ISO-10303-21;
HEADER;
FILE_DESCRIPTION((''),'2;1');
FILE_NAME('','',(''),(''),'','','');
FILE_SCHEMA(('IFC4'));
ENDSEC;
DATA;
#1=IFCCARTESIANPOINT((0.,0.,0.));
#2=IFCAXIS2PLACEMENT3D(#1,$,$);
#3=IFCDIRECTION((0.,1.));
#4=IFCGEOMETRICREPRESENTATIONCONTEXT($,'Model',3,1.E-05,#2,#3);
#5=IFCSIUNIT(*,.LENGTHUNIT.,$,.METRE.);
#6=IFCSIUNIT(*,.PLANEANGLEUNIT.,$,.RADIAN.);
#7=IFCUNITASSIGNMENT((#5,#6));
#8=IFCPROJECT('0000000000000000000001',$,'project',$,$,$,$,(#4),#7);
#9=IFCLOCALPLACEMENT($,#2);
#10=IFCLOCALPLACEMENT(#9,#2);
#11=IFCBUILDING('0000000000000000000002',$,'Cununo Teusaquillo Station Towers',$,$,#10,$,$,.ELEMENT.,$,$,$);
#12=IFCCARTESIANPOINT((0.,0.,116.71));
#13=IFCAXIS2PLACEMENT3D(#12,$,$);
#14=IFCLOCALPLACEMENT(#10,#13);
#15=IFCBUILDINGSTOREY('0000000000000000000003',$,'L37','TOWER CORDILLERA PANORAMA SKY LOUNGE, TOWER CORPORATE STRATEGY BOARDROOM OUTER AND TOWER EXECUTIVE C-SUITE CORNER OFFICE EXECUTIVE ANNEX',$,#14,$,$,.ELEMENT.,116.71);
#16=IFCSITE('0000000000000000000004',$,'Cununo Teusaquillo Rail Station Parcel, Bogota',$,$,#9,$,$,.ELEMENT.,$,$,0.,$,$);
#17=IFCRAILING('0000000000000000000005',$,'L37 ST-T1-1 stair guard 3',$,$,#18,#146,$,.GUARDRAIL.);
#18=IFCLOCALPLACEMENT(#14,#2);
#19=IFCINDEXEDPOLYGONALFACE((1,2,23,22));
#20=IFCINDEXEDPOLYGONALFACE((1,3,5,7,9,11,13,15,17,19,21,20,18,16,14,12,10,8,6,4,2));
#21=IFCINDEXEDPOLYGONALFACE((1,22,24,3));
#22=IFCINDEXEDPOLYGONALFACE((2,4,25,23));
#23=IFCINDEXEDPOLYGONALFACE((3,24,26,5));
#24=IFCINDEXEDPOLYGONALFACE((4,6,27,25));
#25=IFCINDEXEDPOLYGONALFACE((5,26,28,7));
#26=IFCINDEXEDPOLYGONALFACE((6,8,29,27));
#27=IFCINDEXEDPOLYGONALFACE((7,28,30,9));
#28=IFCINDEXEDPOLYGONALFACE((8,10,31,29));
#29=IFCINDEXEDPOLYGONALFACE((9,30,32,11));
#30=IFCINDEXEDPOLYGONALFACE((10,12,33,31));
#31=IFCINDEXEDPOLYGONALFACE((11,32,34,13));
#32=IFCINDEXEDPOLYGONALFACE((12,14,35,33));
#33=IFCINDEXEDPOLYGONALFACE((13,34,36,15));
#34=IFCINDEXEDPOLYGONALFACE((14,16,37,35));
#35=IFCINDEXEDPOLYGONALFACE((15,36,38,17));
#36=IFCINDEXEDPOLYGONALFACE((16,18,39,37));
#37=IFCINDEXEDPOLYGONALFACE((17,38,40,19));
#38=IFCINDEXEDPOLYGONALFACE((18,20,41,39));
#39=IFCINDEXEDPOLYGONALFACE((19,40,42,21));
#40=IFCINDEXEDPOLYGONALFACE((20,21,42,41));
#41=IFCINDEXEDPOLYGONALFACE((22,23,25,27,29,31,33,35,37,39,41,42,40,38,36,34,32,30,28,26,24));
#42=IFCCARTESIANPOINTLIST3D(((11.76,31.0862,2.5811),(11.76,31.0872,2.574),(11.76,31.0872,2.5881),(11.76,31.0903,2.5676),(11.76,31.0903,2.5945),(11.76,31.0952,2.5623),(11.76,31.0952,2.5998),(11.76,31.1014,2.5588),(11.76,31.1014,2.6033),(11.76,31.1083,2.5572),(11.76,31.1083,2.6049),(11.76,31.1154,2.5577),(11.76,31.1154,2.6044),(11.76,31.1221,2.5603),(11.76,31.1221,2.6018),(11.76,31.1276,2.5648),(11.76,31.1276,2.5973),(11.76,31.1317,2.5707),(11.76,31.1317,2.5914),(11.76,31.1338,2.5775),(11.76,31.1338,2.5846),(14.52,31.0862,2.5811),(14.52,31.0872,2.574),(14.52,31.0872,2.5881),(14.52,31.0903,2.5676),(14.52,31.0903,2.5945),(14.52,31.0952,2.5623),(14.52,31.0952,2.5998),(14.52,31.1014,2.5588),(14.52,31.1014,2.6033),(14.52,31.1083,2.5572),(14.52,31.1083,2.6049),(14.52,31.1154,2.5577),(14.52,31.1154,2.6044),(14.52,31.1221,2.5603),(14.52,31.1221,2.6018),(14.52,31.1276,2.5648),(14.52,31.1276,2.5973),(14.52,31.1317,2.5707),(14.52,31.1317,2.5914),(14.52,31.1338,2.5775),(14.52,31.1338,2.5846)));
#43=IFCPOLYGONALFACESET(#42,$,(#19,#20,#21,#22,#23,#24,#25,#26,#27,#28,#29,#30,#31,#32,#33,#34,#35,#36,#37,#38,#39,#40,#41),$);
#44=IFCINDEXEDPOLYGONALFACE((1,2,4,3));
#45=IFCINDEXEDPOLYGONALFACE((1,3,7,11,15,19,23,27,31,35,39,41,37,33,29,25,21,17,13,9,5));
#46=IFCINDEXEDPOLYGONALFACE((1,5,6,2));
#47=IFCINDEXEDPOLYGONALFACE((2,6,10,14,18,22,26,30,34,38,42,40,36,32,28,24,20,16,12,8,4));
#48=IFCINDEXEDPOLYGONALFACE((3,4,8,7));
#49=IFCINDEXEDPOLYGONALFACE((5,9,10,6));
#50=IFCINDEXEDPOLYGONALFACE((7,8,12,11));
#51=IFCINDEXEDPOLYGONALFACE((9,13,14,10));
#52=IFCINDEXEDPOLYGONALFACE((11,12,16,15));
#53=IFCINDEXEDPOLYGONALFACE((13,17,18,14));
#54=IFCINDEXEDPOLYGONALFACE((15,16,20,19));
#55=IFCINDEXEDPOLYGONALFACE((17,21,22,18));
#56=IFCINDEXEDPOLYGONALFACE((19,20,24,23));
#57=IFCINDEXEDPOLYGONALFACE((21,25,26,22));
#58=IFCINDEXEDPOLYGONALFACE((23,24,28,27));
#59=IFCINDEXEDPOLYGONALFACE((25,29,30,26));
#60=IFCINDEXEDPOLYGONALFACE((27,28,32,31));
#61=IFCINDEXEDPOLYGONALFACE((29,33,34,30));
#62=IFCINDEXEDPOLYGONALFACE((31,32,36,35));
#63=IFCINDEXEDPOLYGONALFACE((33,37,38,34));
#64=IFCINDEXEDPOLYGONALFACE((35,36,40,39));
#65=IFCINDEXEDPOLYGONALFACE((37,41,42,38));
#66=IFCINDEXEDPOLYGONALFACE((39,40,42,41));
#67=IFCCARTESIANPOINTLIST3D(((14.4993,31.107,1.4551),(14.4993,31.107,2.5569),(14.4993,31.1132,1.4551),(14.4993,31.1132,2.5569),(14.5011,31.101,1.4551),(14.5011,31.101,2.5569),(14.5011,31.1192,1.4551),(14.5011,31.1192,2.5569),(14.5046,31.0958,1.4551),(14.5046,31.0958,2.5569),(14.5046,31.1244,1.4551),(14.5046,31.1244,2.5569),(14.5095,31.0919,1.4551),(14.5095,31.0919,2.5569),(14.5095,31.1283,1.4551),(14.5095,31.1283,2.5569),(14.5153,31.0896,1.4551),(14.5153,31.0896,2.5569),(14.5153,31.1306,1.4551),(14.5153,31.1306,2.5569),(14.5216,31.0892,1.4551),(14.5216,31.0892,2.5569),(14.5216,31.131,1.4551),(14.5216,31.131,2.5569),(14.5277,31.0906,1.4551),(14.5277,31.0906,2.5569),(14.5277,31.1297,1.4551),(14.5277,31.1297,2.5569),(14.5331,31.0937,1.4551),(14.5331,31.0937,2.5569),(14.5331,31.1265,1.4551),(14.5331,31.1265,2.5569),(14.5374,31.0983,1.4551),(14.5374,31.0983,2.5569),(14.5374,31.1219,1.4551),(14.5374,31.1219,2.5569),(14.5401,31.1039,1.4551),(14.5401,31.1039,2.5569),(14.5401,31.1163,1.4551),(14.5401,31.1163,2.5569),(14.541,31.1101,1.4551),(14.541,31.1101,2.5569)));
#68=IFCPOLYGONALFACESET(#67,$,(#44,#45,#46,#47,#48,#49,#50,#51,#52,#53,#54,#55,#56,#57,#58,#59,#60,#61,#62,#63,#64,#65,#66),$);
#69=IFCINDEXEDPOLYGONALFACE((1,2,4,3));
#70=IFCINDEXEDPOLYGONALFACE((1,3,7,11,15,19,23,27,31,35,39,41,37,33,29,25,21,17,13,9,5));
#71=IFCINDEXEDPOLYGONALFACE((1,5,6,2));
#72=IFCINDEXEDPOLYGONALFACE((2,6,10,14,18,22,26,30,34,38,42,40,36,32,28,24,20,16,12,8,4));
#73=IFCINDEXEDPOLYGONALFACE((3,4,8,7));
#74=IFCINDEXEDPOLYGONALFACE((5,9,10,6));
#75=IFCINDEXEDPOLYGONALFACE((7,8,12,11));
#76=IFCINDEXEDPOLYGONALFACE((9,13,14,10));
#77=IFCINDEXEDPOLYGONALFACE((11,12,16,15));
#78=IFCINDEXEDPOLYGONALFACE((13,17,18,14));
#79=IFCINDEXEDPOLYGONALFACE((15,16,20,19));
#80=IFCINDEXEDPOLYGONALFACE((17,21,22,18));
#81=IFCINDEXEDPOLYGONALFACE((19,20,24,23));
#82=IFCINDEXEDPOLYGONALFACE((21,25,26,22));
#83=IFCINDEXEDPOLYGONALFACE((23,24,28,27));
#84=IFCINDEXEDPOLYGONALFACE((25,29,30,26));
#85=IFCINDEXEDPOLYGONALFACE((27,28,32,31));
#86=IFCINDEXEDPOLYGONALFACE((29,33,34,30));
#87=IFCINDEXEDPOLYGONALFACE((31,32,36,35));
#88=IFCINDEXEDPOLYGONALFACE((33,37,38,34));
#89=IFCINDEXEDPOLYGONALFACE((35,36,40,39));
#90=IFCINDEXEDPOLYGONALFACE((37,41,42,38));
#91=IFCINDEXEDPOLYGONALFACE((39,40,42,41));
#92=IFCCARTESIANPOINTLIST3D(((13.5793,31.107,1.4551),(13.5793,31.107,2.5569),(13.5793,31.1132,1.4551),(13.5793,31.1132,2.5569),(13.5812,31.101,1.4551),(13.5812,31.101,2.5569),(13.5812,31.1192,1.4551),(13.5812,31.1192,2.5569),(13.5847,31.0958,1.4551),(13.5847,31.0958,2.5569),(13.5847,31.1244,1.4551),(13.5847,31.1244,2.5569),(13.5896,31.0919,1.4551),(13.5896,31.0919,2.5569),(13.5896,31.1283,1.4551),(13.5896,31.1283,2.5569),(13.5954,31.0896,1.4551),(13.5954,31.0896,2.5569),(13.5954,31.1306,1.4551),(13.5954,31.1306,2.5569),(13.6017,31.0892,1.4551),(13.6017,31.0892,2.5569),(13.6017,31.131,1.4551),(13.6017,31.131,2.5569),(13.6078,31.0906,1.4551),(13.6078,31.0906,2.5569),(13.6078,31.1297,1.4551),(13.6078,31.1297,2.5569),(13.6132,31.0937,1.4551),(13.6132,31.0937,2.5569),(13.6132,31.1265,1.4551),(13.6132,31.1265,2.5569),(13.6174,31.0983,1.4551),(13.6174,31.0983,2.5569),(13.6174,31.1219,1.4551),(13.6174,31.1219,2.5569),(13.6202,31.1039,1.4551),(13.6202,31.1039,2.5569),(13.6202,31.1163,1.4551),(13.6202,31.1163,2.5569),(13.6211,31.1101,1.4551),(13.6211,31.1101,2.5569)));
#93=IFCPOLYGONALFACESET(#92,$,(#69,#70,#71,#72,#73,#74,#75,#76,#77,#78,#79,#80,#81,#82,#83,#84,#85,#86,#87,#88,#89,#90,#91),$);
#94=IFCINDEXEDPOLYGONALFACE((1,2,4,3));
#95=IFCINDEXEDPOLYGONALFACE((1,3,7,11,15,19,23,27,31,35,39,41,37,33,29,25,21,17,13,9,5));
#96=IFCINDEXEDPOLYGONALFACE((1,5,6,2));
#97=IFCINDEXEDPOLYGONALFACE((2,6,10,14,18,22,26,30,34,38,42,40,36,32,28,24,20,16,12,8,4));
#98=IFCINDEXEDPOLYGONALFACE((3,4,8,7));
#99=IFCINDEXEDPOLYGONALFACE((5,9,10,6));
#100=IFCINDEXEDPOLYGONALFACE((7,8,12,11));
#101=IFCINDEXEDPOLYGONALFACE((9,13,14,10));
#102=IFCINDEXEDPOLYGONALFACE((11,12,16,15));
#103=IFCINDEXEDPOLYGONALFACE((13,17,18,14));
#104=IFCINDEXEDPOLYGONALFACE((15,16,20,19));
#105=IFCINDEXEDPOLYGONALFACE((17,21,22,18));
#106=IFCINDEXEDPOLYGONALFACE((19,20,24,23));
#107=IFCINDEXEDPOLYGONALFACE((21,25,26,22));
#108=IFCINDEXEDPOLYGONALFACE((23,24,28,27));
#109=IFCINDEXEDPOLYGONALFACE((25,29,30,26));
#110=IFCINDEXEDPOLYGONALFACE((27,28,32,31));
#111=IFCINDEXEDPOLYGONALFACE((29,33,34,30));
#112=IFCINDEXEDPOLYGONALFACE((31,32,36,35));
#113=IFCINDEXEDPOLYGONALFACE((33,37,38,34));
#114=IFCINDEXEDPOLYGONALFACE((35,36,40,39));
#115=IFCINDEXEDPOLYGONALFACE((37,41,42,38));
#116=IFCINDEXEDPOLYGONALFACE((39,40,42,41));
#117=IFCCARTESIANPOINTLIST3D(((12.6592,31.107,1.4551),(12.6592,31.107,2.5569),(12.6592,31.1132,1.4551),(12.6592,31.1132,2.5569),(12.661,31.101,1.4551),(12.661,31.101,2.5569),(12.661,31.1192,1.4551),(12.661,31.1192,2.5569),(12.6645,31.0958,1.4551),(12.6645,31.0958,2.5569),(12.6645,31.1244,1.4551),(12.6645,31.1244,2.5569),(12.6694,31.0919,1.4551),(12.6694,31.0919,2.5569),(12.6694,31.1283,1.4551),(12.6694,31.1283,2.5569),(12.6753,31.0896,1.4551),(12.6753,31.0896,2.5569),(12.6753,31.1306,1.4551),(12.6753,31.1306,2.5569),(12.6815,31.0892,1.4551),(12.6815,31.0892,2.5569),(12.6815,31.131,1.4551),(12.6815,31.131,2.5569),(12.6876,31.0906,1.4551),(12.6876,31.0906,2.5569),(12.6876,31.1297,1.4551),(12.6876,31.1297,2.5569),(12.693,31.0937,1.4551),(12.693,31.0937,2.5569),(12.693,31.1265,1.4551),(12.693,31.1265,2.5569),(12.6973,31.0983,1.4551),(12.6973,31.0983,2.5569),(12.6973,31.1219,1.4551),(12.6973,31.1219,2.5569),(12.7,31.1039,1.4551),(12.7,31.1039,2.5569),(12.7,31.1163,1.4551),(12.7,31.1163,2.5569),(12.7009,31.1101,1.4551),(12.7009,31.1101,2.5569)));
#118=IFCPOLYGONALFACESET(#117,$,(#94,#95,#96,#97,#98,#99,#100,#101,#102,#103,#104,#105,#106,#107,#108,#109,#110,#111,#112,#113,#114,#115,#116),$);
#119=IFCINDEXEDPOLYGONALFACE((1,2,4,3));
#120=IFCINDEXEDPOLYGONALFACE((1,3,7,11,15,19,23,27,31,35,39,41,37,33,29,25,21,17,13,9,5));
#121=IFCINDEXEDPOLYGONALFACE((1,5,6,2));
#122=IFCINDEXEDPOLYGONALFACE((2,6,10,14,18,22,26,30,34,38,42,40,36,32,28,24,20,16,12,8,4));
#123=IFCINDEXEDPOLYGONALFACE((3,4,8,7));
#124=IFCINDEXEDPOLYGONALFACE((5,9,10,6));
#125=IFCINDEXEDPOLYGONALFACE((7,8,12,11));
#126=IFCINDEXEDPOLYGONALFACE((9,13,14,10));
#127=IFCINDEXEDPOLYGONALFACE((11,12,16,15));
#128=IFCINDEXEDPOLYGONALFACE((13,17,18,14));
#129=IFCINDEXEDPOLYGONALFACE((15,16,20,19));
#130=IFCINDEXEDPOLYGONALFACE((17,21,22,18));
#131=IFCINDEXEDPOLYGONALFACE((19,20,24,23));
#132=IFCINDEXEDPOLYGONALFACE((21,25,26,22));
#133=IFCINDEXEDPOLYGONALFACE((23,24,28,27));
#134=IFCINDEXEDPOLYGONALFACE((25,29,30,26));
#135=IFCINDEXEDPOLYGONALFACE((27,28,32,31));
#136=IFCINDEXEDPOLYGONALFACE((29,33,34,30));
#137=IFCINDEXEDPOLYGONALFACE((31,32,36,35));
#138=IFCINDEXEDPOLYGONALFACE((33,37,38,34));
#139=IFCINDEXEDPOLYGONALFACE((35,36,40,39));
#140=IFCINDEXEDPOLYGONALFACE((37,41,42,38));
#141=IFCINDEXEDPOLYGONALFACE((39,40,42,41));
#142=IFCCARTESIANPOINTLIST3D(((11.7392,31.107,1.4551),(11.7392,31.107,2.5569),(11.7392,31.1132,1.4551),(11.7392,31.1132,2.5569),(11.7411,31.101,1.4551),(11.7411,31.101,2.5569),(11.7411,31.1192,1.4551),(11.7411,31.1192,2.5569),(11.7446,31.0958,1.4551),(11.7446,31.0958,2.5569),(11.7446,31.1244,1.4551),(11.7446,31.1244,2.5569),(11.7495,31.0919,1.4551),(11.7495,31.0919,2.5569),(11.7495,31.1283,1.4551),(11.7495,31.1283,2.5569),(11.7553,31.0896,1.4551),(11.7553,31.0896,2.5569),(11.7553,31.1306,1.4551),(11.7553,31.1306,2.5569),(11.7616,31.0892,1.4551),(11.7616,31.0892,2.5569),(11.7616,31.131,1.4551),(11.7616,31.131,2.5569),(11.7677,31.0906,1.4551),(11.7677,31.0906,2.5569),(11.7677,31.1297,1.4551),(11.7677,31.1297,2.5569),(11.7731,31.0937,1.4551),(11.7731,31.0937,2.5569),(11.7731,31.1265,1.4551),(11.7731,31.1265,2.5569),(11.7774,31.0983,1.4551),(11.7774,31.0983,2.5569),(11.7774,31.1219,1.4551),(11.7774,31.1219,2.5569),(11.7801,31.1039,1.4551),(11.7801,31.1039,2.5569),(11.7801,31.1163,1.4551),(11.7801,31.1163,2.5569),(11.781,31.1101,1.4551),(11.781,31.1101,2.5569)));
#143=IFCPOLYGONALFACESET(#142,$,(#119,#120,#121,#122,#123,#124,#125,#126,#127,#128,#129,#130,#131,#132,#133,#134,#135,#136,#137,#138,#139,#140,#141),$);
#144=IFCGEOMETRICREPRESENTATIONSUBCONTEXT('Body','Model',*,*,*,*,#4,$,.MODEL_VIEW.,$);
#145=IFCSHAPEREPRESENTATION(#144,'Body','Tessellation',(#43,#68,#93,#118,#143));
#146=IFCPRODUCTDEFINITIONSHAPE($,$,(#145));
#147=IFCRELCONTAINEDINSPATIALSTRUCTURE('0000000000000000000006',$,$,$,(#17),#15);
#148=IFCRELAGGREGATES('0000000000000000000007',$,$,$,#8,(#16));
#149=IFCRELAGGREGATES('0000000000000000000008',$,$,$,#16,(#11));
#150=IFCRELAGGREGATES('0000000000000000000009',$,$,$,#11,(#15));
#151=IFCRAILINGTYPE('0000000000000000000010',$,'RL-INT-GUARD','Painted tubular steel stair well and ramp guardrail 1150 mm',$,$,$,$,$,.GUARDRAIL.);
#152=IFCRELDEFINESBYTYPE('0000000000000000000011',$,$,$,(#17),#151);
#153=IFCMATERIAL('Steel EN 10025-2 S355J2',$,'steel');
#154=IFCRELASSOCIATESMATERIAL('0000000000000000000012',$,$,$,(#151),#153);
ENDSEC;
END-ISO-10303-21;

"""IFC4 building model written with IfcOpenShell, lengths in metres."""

from ifc_helpers import new_model, si_unit, direction, frame, origin, origin_2d, place, context, subcontext, project, spatial, circle, extrude, material, type_object, element, save


model = new_model("IFC4")

# Units and contexts
model_context = context("Model", 3, precision=1e-05, world=origin(), true_north=direction((0.0, 1.0)))
body_context = subcontext(model_context, "Body", "Model", "MODEL_VIEW")
ifc_project = project(units=[si_unit("LENGTHUNIT", "METRE"), si_unit("PLANEANGLEUNIT", "RADIAN")], contexts=[model_context])

# Site, building, storey
site_placement = place(None, origin())
site = spatial("IfcSite", under=ifc_project, at=site_placement, Name="Cununo Teusaquillo Rail Station Parcel, Bogota", CompositionType="ELEMENT", RefElevation=0.0)
building_placement = place(site_placement, origin())
building = spatial("IfcBuilding", under=site, at=building_placement, Name="Cununo Teusaquillo Station Towers", CompositionType="ELEMENT")
storey_placement = place(building_placement, frame((0.0, 0.0, 116.71)))
storey = spatial("IfcBuildingStorey", under=building, at=storey_placement, Name="L37", Description="TOWER CORDILLERA PANORAMA SKY LOUNGE, TOWER CORPORATE STRATEGY BOARDROOM OUTER AND TOWER EXECUTIVE C-SUITE CORNER OFFICE EXECUTIVE ANNEX", CompositionType="ELEMENT", Elevation=116.71)

# Railing
ifc_material_1 = material(Name="Steel EN 10025-2 S355J2", Category="steel")
railing_type_1 = type_object("IfcRailingType", Name="RL-INT-GUARD", Description="Painted tubular steel stair well and ramp guardrail 1150 mm", PredefinedType="GUARDRAIL", material=ifc_material_1)
railing_1_placement = place(storey_placement, frame((14.52, 31.1101, 1.4551)))
element("IfcRailing", 1, at=railing_1_placement, inside=storey, type_object=railing_type_1, Name="L37 ST-T1-1 stair guard 3", PredefinedType="GUARDRAIL", context=body_context, shape_type="SweptSolid", body=[
    extrude(circle(Radius=0.0239, at=origin_2d()), frame((0.0, 0.0, 1.126), z_axis=(-1.0, 0.0, 0.0), x_axis=(0.0, -1.0, 0.0)), (0.0, 0.0, 1.0), 2.76),
    extrude(circle(Radius=0.021, at=origin_2d()), origin(), (0.0, 0.0, 1.0), 1.1018),
    extrude(circle(Radius=0.021, at=origin_2d()), frame((-0.9199, 0.0, 0.0)), (0.0, 0.0, 1.0), 1.1018),
    extrude(circle(Radius=0.021, at=origin_2d()), frame((-1.8401, 0.0, 0.0)), (0.0, 0.0, 1.0), 1.1018),
    extrude(circle(Radius=0.021, at=origin_2d()), frame((-2.76, 0.0, 0.0)), (0.0, 0.0, 1.0), 1.1018),
])

save(model, "model.ifc")
